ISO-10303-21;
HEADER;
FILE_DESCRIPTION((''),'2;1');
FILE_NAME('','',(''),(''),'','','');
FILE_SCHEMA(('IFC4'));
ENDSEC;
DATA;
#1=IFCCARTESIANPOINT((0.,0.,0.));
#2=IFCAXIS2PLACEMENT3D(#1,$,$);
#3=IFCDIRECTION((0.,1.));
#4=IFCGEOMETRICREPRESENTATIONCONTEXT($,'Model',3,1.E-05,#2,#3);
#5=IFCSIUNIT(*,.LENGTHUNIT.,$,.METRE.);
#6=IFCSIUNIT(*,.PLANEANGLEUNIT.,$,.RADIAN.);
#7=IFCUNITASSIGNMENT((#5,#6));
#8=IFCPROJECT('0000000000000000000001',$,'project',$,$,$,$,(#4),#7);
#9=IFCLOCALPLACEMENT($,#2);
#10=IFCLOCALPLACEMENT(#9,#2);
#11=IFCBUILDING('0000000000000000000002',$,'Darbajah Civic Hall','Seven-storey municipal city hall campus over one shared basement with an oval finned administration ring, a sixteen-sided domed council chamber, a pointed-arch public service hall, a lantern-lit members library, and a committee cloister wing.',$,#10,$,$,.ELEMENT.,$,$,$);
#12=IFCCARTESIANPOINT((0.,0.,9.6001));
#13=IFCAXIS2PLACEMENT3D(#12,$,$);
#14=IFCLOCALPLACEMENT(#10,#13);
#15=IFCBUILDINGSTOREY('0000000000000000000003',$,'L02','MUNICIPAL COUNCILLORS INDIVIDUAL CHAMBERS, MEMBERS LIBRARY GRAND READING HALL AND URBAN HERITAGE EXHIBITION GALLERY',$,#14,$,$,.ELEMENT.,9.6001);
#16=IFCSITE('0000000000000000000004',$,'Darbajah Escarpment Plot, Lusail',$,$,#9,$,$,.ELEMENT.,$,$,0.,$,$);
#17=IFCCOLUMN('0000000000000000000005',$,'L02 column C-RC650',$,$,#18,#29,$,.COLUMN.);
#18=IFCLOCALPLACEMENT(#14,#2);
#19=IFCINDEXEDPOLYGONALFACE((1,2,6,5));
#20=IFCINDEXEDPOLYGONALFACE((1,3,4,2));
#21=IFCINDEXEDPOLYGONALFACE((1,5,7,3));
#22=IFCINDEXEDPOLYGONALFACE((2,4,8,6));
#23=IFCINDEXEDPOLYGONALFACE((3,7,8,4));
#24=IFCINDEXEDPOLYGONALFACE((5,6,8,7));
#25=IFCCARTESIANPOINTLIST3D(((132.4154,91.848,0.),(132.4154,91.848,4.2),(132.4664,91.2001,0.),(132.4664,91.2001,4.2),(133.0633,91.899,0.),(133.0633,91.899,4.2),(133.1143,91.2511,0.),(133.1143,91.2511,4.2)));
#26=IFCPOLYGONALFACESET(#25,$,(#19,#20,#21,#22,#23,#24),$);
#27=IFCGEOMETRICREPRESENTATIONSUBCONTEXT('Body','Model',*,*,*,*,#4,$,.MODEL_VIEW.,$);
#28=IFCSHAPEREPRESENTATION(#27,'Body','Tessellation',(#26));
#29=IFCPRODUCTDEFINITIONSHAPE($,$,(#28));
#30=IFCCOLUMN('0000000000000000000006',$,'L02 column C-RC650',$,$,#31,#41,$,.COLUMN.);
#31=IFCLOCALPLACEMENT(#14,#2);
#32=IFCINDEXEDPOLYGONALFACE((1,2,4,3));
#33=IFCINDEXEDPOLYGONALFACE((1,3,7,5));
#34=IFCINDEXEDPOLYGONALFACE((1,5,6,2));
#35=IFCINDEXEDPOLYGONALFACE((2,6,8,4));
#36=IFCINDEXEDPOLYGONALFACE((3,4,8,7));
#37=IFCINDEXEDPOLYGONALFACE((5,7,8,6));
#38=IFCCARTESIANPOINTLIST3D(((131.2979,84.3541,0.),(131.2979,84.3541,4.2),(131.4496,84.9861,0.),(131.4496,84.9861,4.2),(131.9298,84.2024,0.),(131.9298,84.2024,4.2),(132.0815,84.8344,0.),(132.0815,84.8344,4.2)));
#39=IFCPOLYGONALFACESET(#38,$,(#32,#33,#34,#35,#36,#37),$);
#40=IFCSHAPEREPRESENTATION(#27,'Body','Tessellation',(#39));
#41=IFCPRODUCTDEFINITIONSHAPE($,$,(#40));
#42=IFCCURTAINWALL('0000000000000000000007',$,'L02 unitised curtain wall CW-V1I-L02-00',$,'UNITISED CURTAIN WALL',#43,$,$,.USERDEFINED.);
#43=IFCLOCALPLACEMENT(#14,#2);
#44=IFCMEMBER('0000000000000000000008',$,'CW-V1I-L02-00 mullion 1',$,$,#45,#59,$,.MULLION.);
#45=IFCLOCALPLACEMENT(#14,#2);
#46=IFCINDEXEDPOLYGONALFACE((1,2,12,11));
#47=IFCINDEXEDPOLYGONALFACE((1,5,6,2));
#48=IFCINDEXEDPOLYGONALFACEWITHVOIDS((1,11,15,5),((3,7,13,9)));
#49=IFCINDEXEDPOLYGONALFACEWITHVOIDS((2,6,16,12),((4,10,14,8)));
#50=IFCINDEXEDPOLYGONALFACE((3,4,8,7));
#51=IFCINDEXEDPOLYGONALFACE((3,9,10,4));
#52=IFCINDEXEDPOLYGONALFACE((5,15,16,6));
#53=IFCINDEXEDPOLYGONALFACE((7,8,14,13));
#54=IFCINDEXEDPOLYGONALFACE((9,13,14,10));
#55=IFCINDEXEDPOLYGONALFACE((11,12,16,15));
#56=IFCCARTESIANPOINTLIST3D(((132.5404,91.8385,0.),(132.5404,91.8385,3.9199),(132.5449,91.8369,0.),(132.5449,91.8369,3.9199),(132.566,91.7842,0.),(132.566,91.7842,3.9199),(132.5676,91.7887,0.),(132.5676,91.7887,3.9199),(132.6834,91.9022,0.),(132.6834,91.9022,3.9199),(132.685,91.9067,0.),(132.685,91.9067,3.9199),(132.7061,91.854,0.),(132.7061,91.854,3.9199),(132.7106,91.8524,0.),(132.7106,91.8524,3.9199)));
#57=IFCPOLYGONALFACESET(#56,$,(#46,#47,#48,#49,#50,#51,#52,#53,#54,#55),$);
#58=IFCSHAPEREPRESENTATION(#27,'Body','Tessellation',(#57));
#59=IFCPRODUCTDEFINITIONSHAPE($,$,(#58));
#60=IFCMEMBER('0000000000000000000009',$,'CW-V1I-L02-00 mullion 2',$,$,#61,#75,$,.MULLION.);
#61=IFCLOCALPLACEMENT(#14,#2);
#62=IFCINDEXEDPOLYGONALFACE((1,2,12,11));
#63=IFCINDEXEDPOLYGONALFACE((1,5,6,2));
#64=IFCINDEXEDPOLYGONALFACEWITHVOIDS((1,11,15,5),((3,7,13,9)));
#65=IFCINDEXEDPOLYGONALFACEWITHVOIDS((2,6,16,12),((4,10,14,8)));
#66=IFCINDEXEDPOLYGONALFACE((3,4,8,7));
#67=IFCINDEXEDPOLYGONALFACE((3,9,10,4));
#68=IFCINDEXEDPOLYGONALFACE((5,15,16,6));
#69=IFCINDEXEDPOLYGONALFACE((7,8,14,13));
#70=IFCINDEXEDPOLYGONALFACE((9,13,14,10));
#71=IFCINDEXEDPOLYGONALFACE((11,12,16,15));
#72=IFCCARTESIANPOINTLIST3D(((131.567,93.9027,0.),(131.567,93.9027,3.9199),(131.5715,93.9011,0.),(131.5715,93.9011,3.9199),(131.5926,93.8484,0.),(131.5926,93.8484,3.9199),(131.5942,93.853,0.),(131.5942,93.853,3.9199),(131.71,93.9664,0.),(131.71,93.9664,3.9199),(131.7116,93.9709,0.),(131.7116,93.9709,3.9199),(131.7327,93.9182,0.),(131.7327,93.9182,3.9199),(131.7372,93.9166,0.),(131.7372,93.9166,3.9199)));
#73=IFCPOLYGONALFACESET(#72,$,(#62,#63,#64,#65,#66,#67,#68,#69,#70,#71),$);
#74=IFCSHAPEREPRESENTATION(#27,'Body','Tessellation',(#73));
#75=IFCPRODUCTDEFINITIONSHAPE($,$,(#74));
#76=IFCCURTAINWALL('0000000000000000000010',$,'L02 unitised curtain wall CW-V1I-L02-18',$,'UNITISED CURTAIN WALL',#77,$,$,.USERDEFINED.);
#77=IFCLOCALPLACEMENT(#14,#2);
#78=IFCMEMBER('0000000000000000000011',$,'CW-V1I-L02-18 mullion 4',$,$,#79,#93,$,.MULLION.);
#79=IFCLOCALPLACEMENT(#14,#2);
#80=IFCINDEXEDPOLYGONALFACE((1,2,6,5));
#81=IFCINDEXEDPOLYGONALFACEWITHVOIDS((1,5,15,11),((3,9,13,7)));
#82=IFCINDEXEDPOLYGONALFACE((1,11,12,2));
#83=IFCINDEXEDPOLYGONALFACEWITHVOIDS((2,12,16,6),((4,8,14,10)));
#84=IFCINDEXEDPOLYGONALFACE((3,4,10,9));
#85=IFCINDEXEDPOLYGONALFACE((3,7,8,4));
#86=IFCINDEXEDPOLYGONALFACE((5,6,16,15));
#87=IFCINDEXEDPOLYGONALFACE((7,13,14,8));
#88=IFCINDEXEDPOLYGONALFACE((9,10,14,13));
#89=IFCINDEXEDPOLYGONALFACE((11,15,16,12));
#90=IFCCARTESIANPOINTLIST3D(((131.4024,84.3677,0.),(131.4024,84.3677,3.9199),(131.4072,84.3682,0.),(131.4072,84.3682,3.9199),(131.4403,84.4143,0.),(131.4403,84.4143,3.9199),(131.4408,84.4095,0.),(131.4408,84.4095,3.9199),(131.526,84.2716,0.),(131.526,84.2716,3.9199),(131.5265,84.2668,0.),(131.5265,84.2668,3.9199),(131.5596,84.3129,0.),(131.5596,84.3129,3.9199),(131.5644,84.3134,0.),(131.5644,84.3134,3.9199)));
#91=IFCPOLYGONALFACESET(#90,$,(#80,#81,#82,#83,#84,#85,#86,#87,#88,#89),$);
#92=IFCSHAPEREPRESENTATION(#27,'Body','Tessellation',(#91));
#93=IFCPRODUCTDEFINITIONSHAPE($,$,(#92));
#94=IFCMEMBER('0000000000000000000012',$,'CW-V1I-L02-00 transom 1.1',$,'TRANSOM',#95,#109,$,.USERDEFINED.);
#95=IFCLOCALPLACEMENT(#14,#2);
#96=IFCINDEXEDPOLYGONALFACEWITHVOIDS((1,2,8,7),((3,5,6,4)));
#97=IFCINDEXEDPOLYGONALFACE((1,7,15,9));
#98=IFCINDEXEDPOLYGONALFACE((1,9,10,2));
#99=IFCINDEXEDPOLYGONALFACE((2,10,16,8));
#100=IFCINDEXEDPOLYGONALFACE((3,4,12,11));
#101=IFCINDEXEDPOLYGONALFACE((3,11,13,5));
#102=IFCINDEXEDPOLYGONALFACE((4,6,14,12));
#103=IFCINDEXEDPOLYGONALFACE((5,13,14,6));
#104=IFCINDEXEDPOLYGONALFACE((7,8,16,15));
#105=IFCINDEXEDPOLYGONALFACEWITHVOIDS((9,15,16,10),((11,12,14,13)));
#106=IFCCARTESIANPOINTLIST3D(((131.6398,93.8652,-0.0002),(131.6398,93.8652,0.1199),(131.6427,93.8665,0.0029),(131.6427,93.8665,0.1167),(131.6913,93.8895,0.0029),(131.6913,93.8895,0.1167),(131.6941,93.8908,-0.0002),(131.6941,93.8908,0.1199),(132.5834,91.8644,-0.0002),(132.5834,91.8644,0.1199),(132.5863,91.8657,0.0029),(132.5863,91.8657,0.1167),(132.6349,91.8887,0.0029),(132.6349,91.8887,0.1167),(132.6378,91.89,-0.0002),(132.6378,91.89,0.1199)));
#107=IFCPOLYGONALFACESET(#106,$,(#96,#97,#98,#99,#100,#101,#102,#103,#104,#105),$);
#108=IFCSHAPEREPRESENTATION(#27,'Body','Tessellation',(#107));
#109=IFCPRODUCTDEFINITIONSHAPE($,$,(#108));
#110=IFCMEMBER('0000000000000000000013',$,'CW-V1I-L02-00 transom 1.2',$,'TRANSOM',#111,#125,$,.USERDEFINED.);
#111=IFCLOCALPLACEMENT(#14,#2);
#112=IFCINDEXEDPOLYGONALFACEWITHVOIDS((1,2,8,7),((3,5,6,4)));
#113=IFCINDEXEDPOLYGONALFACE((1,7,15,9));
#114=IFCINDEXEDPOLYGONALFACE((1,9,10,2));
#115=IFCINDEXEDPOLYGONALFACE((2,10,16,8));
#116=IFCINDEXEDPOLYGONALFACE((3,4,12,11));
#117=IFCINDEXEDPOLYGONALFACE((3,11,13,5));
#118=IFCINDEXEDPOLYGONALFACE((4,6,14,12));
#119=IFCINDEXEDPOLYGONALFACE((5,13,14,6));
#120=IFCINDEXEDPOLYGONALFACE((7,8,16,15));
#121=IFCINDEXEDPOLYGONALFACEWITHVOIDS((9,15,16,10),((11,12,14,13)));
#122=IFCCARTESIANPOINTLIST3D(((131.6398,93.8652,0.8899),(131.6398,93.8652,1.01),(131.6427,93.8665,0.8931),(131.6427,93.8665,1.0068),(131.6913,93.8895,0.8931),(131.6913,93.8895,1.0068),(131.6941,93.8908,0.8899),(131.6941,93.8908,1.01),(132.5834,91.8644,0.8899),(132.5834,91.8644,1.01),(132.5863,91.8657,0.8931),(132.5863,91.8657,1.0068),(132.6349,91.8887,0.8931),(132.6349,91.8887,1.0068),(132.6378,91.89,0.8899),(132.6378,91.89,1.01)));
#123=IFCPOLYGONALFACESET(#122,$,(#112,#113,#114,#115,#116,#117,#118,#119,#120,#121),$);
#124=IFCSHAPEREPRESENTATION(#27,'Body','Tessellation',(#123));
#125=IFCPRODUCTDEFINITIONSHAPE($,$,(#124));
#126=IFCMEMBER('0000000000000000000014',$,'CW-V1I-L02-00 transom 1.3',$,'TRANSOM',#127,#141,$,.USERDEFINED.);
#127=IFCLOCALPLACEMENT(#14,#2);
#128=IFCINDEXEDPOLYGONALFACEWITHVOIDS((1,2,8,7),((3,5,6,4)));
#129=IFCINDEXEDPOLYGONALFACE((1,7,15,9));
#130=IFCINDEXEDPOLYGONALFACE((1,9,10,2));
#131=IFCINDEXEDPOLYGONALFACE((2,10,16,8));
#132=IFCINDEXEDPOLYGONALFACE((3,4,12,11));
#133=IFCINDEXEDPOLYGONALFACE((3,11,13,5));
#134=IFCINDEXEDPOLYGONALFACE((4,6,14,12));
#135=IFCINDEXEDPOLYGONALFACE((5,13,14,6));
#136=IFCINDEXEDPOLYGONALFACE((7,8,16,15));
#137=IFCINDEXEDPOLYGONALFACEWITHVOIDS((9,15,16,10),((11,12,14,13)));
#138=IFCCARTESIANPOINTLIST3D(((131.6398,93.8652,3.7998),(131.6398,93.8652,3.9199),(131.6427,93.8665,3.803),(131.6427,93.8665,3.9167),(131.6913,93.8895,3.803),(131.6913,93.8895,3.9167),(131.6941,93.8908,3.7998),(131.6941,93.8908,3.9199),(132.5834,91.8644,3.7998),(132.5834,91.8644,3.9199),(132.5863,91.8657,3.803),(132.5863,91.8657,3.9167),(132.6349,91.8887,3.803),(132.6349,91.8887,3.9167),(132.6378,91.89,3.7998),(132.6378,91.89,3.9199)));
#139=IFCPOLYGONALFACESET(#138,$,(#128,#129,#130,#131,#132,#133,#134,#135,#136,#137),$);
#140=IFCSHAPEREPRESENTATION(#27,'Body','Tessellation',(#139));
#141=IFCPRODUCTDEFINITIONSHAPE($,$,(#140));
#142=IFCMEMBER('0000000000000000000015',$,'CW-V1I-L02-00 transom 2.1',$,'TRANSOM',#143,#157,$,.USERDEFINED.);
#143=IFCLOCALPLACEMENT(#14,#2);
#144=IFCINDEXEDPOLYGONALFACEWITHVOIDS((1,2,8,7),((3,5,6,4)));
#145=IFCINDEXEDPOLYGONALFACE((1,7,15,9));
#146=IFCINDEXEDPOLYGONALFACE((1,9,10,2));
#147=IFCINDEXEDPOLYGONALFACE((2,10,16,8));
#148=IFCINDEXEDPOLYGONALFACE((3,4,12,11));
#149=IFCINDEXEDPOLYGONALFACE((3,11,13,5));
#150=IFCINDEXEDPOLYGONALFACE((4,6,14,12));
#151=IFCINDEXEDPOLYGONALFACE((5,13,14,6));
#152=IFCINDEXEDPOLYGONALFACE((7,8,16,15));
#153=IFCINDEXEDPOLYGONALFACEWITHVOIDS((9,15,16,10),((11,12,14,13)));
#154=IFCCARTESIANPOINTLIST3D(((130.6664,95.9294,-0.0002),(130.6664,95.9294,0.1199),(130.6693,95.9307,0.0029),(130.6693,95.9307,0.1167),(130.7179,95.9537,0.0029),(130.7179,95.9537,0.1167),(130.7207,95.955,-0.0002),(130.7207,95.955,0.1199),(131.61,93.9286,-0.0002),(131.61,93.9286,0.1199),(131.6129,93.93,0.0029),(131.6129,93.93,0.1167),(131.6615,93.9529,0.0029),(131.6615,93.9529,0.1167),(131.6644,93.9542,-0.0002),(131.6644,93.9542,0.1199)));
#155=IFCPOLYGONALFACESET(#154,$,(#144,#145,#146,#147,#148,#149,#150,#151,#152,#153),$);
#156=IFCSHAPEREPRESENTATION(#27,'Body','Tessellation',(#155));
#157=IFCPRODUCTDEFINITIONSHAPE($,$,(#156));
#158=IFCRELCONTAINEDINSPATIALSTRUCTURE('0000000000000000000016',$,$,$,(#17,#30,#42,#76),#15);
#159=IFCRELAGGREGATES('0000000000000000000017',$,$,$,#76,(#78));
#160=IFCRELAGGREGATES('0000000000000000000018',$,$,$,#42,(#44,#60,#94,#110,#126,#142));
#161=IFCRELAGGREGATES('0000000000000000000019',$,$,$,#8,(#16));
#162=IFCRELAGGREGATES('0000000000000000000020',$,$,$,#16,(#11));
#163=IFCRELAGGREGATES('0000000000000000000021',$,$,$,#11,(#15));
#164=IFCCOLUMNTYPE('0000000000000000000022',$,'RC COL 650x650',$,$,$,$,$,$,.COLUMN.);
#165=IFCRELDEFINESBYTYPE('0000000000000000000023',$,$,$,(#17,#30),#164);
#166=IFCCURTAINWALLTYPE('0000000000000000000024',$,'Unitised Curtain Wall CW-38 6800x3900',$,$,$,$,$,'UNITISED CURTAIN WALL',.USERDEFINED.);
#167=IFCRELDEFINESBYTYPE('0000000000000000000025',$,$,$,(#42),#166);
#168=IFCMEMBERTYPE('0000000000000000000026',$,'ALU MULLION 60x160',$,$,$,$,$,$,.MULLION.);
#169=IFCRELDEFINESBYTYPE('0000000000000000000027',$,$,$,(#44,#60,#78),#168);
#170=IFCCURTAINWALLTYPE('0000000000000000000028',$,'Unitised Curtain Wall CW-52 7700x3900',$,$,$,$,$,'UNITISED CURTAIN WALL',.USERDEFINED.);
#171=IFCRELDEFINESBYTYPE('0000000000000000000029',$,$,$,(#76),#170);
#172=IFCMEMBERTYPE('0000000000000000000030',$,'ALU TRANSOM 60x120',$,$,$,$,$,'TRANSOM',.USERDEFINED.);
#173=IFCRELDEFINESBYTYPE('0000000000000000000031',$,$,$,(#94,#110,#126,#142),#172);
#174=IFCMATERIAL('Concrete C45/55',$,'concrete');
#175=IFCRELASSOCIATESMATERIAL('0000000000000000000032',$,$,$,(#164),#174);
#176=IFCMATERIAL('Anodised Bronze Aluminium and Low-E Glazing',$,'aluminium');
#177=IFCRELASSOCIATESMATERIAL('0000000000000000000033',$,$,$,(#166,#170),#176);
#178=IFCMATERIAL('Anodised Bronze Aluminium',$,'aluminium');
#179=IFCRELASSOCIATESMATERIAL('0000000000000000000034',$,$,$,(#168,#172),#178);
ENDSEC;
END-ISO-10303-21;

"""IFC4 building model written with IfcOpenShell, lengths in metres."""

from ifc_helpers import new_model, si_unit, direction, frame, origin, origin_2d, place, context, subcontext, project, spatial, rectangle, hollow_rectangle, extrude, material, material_profile, profile_set, type_object, element, aggregate, save


model = new_model("IFC4")

# Units and contexts
model_context = context("Model", 3, precision=1e-05, world=origin(), true_north=direction((0.0, 1.0)))
body_context = subcontext(model_context, "Body", "Model", "MODEL_VIEW")
ifc_project = project(units=[si_unit("LENGTHUNIT", "METRE"), si_unit("PLANEANGLEUNIT", "RADIAN")], contexts=[model_context])

# Site, building, storey
site_placement = place(None, origin())
site = spatial("IfcSite", under=ifc_project, at=site_placement, Name="Darbajah Escarpment Plot, Lusail", CompositionType="ELEMENT", RefElevation=0.0)
building_placement = place(site_placement, origin())
building = spatial("IfcBuilding", under=site, at=building_placement, Name="Darbajah Civic Hall", Description="Seven-storey municipal city hall campus over one shared basement with an oval finned administration ring, a sixteen-sided domed council chamber, a pointed-arch public service hall, a lantern-lit members library, and a committee cloister wing.", CompositionType="ELEMENT")
storey_placement = place(building_placement, frame((0.0, 0.0, 9.6001)))
storey = spatial("IfcBuildingStorey", under=building, at=storey_placement, Name="L02", Description="MUNICIPAL COUNCILLORS INDIVIDUAL CHAMBERS, MEMBERS LIBRARY GRAND READING HALL AND URBAN HERITAGE EXHIBITION GALLERY", CompositionType="ELEMENT", Elevation=9.6001)

# Columns
ifc_material_1 = material(Name="Concrete C45/55", Category="concrete")
ifc_material_profile_1 = material_profile(ifc_material_1, rectangle(XDim=0.6499, YDim=0.6499, at=origin_2d()), Name="RC COL 650x650")
ifc_profile_set_1 = profile_set([ifc_material_profile_1], Name="Concrete C45/55")
column_type = type_object("IfcColumnType", Name="RC COL 650x650", PredefinedType="COLUMN", material=ifc_profile_set_1)
for number, where, z_axis, x_axis, name in (
    (1, (132.7649, 91.5496, 0.0), (0.0, 0.0, 1.0), (0.996917, 0.078459, 0.0), "L02 column C-RC650"),
    (2, (131.6897, 84.5942, 0.0), (0.0, 0.0, 1.0), (0.97237, -0.233445, 0.0), "L02 column C-RC650"),
):
    element("IfcColumn", number, at=place(storey_placement, frame(where, z_axis=z_axis, x_axis=x_axis)), inside=storey, type_object=column_type, Name=name, PredefinedType="COLUMN", context=body_context, shape_type="SweptSolid", body=[
        extrude(rectangle(XDim=0.6499, YDim=0.6499, at=origin_2d()), origin(), (0.0, 0.0, 1.0), 4.2),
    ])

# Curtain wall, members
ifc_material_2 = material(Name="Anodised Bronze Aluminium and Low-E Glazing", Category="aluminium")
curtain_wall_type_1 = type_object("IfcCurtainWallType", Name="Unitised Curtain Wall CW-38 6800x3900", ElementType="UNITISED CURTAIN WALL", PredefinedType="USERDEFINED", material=ifc_material_2)
curtain_wall_1_placement = place(storey_placement, origin())
curtain_wall_1 = element("IfcCurtainWall", 3, at=curtain_wall_1_placement, inside=storey, type_object=curtain_wall_type_1, Name="L02 unitised curtain wall CW-V1I-L02-00", ObjectType="UNITISED CURTAIN WALL", PredefinedType="USERDEFINED")
ifc_material_3 = material(Name="Anodised Bronze Aluminium", Category="aluminium")
ifc_material_profile_2 = material_profile(ifc_material_3, hollow_rectangle(XDim=0.0601, YDim=0.1599, WallThickness=0.0034, at=origin_2d()), Name="ALU MULLION 60x160")
ifc_profile_set_2 = profile_set([ifc_material_profile_2], Name="Anodised Bronze Aluminium")
member_type_1 = type_object("IfcMemberType", Name="ALU MULLION 60x160", PredefinedType="MULLION", material=ifc_profile_set_2)
member_1_placement = place(storey_placement, frame((132.6255, 91.8455, 0.0), z_axis=(0.0, 0.0, 1.0), x_axis=(-0.426569, 0.904455, 0.0)))
member_1 = element("IfcMember", 4, at=member_1_placement, type_object=member_type_1, Name="CW-V1I-L02-00 mullion 1", PredefinedType="MULLION", context=body_context, shape_type="SweptSolid", body=[
    extrude(hollow_rectangle(XDim=0.0601, YDim=0.1599, WallThickness=0.0034, at=origin_2d()), origin(), (0.0, 0.0, 1.0), 3.9199),
])
member_2_placement = place(storey_placement, frame((131.6521, 93.9097, 0.0), z_axis=(0.0, 0.0, 1.0), x_axis=(-0.426569, 0.904455, 0.0)))
member_2 = element("IfcMember", 5, at=member_2_placement, type_object=member_type_1, Name="CW-V1I-L02-00 mullion 2", PredefinedType="MULLION", context=body_context, shape_type="SweptSolid", body=[
    extrude(hollow_rectangle(XDim=0.0601, YDim=0.1599, WallThickness=0.0034, at=origin_2d()), origin(), (0.0, 0.0, 1.0), 3.9199),
])

# Curtain wall, member
curtain_wall_type_2 = type_object("IfcCurtainWallType", Name="Unitised Curtain Wall CW-52 7700x3900", ElementType="UNITISED CURTAIN WALL", PredefinedType="USERDEFINED", material=ifc_material_2)
curtain_wall_2_placement = place(storey_placement, origin())
curtain_wall_2 = element("IfcCurtainWall", 6, at=curtain_wall_2_placement, inside=storey, type_object=curtain_wall_type_2, Name="L02 unitised curtain wall CW-V1I-L02-18", ObjectType="UNITISED CURTAIN WALL", PredefinedType="USERDEFINED")
member_3_placement = place(storey_placement, frame((131.4834, 84.3406, 0.0), z_axis=(0.0, 0.0, 1.0), x_axis=(0.631082, 0.775716, 0.0)))
member_3 = element("IfcMember", 7, at=member_3_placement, type_object=member_type_1, Name="CW-V1I-L02-18 mullion 4", PredefinedType="MULLION", context=body_context, shape_type="SweptSolid", body=[
    extrude(hollow_rectangle(XDim=0.0601, YDim=0.1599, WallThickness=0.0034, at=origin_2d()), origin(), (0.0, 0.0, 1.0), 3.9199),
])
aggregate(curtain_wall_2, [member_3])

# Members
ifc_material_profile_3 = material_profile(ifc_material_3, hollow_rectangle(XDim=0.0601, YDim=0.1201, WallThickness=0.0032, at=origin_2d()), Name="ALU TRANSOM 60x120")
ifc_profile_set_3 = profile_set([ifc_material_profile_3], Name="Anodised Bronze Aluminium")
member_type_2 = type_object("IfcMemberType", Name="ALU TRANSOM 60x120", ElementType="TRANSOM", PredefinedType="USERDEFINED", material=ifc_profile_set_3)
member_4_placement = place(storey_placement, frame((132.6106, 91.8772, 0.0598), z_axis=(-0.426568, 0.904456, 0.0), x_axis=(-0.904456, -0.426568, 0.0)))
member_4 = element("IfcMember", 8, at=member_4_placement, type_object=member_type_2, Name="CW-V1I-L02-00 transom 1.1", ObjectType="TRANSOM", PredefinedType="USERDEFINED", context=body_context, shape_type="SweptSolid", body=[
    extrude(hollow_rectangle(XDim=0.0601, YDim=0.1201, WallThickness=0.0032, at=origin_2d()), origin(), (0.0, 0.0, 1.0), 2.2122),
])
member_5_placement = place(storey_placement, frame((132.6106, 91.8772, 0.95), z_axis=(-0.426568, 0.904456, 0.0), x_axis=(-0.904456, -0.426568, 0.0)))
member_5 = element("IfcMember", 9, at=member_5_placement, type_object=member_type_2, Name="CW-V1I-L02-00 transom 1.2", ObjectType="TRANSOM", PredefinedType="USERDEFINED", context=body_context, shape_type="SweptSolid", body=[
    extrude(hollow_rectangle(XDim=0.0601, YDim=0.1201, WallThickness=0.0032, at=origin_2d()), origin(), (0.0, 0.0, 1.0), 2.2122),
])
member_6_placement = place(storey_placement, frame((132.6106, 91.8772, 3.8599), z_axis=(-0.426568, 0.904456, 0.0), x_axis=(-0.904456, -0.426568, 0.0)))
member_6 = element("IfcMember", 10, at=member_6_placement, type_object=member_type_2, Name="CW-V1I-L02-00 transom 1.3", ObjectType="TRANSOM", PredefinedType="USERDEFINED", context=body_context, shape_type="SweptSolid", body=[
    extrude(hollow_rectangle(XDim=0.0601, YDim=0.1201, WallThickness=0.0032, at=origin_2d()), origin(), (0.0, 0.0, 1.0), 2.2122),
])
member_7_placement = place(storey_placement, frame((131.6372, 93.9414, 0.0598), z_axis=(-0.426568, 0.904456, 0.0), x_axis=(-0.904456, -0.426568, 0.0)))
member_7 = element("IfcMember", 11, at=member_7_placement, type_object=member_type_2, Name="CW-V1I-L02-00 transom 2.1", ObjectType="TRANSOM", PredefinedType="USERDEFINED", context=body_context, shape_type="SweptSolid", body=[
    extrude(hollow_rectangle(XDim=0.0601, YDim=0.1201, WallThickness=0.0032, at=origin_2d()), origin(), (0.0, 0.0, 1.0), 2.2122),
])

aggregate(curtain_wall_1, [member_1, member_2, member_4, member_5, member_6, member_7])

save(model, "model.ifc")
